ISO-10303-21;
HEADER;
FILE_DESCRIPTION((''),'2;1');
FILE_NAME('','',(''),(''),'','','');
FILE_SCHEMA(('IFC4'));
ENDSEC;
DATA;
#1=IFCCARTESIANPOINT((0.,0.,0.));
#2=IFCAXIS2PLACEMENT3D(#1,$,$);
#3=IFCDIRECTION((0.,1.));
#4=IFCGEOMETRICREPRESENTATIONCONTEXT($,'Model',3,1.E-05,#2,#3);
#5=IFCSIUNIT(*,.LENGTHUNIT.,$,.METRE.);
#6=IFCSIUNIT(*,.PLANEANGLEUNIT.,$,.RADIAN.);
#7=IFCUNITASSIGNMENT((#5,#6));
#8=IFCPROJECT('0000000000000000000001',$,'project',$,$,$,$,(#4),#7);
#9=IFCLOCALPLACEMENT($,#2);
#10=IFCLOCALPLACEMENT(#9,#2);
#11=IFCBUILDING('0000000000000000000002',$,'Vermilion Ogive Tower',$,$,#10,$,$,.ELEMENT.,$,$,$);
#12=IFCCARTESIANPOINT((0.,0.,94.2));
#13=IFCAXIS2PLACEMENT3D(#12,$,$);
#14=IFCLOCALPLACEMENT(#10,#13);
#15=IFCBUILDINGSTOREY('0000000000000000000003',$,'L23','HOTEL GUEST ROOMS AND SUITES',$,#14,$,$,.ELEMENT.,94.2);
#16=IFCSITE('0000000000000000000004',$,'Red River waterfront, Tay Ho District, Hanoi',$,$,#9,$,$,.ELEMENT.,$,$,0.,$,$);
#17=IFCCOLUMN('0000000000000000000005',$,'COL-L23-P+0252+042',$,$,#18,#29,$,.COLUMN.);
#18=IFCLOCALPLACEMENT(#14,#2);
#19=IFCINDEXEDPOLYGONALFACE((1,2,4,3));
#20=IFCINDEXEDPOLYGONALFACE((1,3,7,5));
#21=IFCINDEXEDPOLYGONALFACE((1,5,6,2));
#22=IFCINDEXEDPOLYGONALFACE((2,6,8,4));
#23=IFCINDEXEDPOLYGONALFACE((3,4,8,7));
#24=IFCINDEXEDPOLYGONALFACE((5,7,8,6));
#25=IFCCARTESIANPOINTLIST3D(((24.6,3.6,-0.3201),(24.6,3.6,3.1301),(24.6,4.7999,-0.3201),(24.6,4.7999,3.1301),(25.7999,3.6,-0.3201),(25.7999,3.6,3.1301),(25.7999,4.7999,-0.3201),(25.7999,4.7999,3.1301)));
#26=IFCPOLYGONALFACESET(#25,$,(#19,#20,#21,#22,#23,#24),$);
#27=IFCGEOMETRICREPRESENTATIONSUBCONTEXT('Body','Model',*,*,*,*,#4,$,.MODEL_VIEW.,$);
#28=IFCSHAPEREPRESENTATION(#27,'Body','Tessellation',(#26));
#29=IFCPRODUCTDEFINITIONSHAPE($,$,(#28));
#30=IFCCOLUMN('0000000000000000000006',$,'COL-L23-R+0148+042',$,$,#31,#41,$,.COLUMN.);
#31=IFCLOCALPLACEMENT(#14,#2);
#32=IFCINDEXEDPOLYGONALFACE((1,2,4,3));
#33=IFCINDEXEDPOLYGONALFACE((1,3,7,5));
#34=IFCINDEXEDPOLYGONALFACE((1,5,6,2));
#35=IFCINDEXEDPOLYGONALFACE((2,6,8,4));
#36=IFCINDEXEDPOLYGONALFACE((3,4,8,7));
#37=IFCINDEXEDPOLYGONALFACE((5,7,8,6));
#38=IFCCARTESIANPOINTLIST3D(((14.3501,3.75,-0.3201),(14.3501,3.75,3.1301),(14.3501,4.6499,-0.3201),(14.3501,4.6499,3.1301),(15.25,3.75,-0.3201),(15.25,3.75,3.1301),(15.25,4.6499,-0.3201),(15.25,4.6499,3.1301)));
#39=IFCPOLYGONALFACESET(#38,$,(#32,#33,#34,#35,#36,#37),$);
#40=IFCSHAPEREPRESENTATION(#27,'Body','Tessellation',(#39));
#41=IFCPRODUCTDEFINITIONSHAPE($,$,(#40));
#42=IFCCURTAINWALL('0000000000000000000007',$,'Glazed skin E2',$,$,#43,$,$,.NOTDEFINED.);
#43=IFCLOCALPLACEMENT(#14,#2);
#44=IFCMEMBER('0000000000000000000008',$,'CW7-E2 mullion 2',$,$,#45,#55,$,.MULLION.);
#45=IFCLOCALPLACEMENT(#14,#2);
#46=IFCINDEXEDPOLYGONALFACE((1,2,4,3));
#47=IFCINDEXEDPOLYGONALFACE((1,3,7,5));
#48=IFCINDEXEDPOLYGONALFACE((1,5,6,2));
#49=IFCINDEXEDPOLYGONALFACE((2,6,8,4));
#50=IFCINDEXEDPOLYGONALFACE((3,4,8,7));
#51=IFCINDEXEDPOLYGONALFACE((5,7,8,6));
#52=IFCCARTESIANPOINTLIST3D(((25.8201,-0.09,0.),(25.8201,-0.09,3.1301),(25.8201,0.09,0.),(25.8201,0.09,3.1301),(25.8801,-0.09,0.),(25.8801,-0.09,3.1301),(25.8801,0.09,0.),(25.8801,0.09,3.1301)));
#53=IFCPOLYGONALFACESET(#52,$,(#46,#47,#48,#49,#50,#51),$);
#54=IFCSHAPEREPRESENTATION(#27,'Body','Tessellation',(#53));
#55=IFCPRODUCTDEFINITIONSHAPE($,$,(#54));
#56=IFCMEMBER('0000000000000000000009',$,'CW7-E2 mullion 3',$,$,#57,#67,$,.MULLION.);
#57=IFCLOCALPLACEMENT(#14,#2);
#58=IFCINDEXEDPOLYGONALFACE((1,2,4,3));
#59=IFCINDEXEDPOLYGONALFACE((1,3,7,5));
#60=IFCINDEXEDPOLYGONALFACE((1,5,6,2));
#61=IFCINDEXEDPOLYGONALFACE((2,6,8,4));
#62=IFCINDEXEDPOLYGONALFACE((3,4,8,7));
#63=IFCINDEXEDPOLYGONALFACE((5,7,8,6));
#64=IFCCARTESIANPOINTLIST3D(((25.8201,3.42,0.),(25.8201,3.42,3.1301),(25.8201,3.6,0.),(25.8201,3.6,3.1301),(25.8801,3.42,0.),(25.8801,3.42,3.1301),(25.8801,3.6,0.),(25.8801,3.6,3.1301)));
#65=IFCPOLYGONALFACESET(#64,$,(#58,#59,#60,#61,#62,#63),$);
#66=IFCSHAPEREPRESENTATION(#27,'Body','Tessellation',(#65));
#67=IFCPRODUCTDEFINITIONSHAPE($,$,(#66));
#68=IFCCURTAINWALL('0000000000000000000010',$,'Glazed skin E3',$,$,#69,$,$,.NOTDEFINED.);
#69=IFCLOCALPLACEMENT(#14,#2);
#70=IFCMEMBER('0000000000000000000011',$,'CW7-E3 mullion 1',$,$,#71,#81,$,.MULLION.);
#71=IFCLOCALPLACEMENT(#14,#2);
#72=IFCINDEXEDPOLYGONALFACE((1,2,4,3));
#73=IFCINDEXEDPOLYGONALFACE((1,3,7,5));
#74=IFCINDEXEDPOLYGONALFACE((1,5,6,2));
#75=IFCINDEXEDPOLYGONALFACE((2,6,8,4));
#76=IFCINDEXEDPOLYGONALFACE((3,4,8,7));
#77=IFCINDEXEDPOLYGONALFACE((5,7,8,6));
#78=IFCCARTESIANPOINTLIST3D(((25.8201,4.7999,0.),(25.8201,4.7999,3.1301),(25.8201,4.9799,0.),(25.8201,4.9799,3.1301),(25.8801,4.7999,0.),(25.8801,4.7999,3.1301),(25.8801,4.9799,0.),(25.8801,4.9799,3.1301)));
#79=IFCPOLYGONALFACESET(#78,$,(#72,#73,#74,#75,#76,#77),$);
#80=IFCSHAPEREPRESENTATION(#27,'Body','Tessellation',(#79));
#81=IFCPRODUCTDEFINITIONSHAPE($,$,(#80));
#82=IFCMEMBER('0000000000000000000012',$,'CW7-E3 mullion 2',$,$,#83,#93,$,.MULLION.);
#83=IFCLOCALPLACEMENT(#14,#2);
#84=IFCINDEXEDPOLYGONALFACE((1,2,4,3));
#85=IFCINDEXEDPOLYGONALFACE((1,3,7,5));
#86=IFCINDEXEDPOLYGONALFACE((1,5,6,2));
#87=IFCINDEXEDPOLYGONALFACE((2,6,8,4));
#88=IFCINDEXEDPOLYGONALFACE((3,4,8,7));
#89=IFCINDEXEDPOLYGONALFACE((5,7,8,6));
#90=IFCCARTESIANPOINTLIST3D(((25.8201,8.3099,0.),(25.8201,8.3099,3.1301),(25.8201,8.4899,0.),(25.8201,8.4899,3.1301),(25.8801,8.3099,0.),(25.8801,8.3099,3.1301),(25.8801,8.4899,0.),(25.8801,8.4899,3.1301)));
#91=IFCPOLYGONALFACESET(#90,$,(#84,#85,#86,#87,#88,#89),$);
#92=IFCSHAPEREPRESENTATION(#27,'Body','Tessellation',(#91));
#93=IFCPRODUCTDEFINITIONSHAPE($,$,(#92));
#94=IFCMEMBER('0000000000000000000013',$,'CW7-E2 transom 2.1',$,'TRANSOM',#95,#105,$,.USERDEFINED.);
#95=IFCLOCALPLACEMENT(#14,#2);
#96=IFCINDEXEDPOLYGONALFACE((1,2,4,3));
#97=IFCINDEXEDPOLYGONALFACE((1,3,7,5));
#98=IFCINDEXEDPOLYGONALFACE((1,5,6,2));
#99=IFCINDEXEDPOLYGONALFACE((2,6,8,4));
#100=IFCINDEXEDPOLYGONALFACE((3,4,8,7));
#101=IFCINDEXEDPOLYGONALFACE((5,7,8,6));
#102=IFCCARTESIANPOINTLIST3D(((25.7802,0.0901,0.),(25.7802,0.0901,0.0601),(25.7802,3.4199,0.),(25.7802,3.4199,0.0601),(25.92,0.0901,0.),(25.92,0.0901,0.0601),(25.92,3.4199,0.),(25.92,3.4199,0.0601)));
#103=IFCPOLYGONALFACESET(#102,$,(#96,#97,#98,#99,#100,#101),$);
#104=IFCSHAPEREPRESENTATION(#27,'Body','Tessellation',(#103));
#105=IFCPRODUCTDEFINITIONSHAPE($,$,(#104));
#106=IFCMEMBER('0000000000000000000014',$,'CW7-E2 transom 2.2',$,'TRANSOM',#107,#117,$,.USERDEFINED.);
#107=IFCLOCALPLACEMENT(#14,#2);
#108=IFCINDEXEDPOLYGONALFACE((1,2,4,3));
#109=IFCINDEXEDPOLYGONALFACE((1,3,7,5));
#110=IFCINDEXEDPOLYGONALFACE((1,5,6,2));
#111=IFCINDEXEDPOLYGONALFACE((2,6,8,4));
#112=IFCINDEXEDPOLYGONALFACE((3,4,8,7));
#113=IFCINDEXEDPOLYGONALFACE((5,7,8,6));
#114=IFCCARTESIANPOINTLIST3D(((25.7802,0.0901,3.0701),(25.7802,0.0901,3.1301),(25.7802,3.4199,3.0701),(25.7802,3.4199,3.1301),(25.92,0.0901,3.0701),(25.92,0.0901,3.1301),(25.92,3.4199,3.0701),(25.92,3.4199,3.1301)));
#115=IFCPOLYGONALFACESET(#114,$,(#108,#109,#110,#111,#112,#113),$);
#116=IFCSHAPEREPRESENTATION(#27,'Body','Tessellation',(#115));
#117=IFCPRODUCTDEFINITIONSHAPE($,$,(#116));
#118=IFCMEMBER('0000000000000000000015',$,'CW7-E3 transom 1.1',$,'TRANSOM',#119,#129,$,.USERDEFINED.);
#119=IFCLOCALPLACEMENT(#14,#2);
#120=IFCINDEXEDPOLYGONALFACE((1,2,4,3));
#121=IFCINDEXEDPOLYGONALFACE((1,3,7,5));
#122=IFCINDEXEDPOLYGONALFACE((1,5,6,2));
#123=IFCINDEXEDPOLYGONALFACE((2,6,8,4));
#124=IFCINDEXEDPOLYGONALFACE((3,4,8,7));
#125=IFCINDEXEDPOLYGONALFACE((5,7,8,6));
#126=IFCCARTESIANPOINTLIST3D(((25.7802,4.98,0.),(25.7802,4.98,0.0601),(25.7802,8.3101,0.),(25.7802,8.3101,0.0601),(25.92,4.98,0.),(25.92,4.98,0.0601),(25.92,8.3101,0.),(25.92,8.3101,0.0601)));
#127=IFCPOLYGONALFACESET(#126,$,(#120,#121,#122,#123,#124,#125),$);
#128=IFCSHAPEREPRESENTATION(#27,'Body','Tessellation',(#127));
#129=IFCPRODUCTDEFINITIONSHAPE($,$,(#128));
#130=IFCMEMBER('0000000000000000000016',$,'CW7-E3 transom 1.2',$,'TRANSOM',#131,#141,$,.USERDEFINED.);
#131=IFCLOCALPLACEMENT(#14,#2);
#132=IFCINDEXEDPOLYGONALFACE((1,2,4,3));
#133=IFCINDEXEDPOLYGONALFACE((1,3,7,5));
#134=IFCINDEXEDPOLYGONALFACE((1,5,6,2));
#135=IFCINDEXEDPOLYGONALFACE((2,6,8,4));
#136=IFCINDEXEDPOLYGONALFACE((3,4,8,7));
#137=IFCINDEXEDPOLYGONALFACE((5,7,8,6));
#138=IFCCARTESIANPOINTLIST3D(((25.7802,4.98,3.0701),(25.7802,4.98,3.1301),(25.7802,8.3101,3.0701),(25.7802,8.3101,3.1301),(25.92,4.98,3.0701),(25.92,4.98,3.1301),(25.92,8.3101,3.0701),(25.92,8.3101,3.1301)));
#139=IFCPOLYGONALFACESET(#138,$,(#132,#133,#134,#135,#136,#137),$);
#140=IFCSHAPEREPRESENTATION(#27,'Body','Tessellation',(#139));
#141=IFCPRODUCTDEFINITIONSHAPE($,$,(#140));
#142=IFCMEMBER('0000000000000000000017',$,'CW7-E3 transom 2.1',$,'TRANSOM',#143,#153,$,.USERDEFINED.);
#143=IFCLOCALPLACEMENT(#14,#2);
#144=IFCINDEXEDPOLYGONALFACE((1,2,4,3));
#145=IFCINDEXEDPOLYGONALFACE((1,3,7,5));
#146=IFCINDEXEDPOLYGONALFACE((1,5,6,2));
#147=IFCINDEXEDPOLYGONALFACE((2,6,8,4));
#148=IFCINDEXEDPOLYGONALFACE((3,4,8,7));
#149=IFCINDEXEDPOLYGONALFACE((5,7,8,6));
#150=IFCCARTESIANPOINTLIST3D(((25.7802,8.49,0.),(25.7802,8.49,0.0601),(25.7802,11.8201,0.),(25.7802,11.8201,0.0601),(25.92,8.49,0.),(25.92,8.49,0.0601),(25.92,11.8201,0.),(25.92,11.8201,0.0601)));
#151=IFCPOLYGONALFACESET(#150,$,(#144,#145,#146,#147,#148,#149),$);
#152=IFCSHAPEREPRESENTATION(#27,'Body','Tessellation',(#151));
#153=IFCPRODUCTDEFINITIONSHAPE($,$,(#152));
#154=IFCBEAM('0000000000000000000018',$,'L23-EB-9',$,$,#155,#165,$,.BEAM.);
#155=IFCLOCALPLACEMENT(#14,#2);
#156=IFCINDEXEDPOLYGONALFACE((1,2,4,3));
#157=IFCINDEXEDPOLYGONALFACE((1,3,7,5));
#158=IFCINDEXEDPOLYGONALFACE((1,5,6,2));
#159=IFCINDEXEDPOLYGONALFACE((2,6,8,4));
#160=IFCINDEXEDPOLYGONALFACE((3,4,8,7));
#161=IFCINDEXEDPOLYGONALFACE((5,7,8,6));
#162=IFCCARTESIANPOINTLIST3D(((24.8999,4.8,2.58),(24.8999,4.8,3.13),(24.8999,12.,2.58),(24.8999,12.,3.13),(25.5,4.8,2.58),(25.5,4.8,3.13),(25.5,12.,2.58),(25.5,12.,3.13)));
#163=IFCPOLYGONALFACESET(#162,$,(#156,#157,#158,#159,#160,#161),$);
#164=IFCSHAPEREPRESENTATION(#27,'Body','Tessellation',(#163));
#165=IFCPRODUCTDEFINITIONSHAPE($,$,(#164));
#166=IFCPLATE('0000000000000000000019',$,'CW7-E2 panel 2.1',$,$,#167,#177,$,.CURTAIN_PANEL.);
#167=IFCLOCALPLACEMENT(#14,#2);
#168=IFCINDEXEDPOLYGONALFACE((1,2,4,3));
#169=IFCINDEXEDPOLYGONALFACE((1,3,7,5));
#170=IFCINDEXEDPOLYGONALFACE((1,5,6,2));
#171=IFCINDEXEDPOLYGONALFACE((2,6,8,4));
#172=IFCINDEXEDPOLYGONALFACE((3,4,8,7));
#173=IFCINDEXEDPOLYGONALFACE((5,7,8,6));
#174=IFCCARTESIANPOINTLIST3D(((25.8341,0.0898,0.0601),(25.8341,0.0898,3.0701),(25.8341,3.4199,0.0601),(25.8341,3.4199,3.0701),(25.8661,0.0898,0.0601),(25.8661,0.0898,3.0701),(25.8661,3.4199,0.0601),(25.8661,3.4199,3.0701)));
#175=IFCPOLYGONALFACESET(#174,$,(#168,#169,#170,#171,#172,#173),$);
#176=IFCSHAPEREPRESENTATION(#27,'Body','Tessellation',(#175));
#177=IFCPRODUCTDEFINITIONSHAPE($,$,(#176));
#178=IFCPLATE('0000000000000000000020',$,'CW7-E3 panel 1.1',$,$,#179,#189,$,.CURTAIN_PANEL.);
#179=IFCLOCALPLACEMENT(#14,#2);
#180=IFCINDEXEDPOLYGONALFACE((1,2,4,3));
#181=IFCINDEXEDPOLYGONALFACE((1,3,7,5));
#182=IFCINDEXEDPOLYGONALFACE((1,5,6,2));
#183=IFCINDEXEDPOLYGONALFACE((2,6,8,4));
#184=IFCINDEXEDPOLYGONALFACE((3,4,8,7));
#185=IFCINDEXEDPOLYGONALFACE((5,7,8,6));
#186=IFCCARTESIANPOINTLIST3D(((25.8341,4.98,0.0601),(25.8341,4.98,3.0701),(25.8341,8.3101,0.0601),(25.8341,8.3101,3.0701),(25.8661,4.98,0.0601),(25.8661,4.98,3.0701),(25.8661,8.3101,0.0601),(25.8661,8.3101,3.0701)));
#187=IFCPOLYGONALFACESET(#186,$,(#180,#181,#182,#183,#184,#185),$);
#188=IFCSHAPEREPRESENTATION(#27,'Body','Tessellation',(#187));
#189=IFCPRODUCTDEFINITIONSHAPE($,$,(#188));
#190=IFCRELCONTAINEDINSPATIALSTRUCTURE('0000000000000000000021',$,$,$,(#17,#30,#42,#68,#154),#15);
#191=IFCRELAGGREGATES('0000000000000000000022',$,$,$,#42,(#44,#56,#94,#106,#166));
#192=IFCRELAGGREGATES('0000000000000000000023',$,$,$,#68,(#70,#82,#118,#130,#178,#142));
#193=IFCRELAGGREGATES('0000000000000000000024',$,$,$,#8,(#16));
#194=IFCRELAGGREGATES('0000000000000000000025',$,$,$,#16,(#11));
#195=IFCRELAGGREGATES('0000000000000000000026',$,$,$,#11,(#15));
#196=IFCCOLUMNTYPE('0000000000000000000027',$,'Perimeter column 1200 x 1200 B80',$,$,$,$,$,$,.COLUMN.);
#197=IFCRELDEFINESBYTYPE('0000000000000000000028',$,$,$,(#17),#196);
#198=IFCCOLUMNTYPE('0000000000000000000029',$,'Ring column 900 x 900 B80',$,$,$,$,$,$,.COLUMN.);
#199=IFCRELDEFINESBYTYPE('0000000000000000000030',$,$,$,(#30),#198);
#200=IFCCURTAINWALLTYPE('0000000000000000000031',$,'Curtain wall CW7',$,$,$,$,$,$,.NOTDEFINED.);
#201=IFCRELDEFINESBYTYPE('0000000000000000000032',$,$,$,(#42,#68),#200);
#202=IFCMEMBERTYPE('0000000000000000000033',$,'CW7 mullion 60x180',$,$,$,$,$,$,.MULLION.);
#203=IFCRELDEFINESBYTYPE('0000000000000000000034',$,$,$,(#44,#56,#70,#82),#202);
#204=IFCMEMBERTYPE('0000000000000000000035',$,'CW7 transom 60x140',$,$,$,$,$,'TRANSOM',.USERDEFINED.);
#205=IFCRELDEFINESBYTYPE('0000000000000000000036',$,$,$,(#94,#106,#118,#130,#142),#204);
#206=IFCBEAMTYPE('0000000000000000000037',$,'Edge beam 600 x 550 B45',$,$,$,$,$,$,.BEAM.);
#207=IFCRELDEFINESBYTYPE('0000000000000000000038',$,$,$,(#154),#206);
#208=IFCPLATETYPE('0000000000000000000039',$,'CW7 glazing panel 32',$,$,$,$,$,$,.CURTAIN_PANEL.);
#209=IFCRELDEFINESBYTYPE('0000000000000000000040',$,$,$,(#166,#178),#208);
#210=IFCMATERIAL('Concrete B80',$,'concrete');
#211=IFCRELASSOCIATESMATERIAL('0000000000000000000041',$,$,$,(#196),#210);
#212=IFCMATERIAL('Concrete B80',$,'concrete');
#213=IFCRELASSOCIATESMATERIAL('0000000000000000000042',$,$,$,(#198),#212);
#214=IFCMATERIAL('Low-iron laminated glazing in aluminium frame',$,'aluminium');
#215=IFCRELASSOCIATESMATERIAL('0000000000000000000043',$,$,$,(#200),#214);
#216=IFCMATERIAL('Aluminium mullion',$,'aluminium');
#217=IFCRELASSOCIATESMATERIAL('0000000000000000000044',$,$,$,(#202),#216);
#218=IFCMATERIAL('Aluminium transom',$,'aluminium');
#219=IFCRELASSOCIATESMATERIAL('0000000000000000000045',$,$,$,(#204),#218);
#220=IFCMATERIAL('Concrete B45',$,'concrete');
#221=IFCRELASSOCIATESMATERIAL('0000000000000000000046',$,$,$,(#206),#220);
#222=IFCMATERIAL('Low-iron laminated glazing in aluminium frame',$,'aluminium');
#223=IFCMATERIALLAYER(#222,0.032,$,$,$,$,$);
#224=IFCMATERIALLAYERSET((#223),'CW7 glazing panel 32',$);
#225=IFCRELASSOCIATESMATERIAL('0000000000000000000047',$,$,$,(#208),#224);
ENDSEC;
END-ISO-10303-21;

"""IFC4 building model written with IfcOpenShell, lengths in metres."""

from ifc_helpers import new_model, si_unit, direction, frame, origin, origin_2d, place, context, subcontext, project, spatial, rectangle, extrude, material, layer, layer_set, material_profile, profile_set, type_object, element, aggregate, save


model = new_model("IFC4")

# Units and contexts
model_context = context("Model", 3, precision=1e-05, world=origin(), true_north=direction((0.0, 1.0)))
body_context = subcontext(model_context, "Body", "Model", "MODEL_VIEW")
ifc_project = project(units=[si_unit("LENGTHUNIT", "METRE"), si_unit("PLANEANGLEUNIT", "RADIAN")], contexts=[model_context])

# Site, building, storey
site_placement = place(None, origin())
site = spatial("IfcSite", under=ifc_project, at=site_placement, Name="Red River waterfront, Tay Ho District, Hanoi", CompositionType="ELEMENT", RefElevation=0.0)
building_placement = place(site_placement, origin())
building = spatial("IfcBuilding", under=site, at=building_placement, Name="Vermilion Ogive Tower", CompositionType="ELEMENT")
storey_placement = place(building_placement, frame((0.0, 0.0, 94.2)))
storey = spatial("IfcBuildingStorey", under=building, at=storey_placement, Name="L23", Description="HOTEL GUEST ROOMS AND SUITES", CompositionType="ELEMENT", Elevation=94.2)

# Columns
ifc_material_1 = material(Name="Concrete B80", Category="concrete")
ifc_material_profile_1 = material_profile(ifc_material_1, rectangle(XDim=1.2, YDim=1.2, at=origin_2d()), Name="1200 x 1200")
ifc_profile_set_1 = profile_set([ifc_material_profile_1], Name="Concrete B80")
column_type_1 = type_object("IfcColumnType", Name="Perimeter column 1200 x 1200 B80", PredefinedType="COLUMN", material=ifc_profile_set_1)
column_1_placement = place(storey_placement, frame((25.2, 4.2, -0.3201), z_axis=(0.0, 0.0, 1.0), x_axis=(1.0, 0.0, 0.0)))
element("IfcColumn", 1, at=column_1_placement, inside=storey, type_object=column_type_1, Name="COL-L23-P+0252+042", PredefinedType="COLUMN", context=body_context, shape_type="SweptSolid", body=[
    extrude(rectangle(XDim=1.2, YDim=1.2, at=origin_2d()), origin(), (0.0, 0.0, 1.0), 3.4502),
])
ifc_material_2 = material(Name="Concrete B80", Category="concrete")
ifc_material_profile_2 = material_profile(ifc_material_2, rectangle(XDim=0.8999, YDim=0.8999, at=origin_2d()), Name="900 x 900")
ifc_profile_set_2 = profile_set([ifc_material_profile_2], Name="Concrete B80")
column_type_2 = type_object("IfcColumnType", Name="Ring column 900 x 900 B80", PredefinedType="COLUMN", material=ifc_profile_set_2)
column_2_placement = place(storey_placement, frame((14.8, 4.2, -0.3201), z_axis=(0.0, 0.0, 1.0), x_axis=(1.0, 0.0, 0.0)))
element("IfcColumn", 2, at=column_2_placement, inside=storey, type_object=column_type_2, Name="COL-L23-R+0148+042", PredefinedType="COLUMN", context=body_context, shape_type="SweptSolid", body=[
    extrude(rectangle(XDim=0.8999, YDim=0.8999, at=origin_2d()), origin(), (0.0, 0.0, 1.0), 3.4502),
])

# Curtain walls, members
ifc_material_3 = material(Name="Low-iron laminated glazing in aluminium frame", Category="aluminium")
curtain_wall_type = type_object("IfcCurtainWallType", Name="Curtain wall CW7", PredefinedType="NOTDEFINED", material=ifc_material_3)
curtain_wall_1_placement = place(storey_placement, origin())
curtain_wall_1 = element("IfcCurtainWall", 3, at=curtain_wall_1_placement, inside=storey, type_object=curtain_wall_type, Name="Glazed skin E2", PredefinedType="NOTDEFINED")
ifc_material_4 = material(Name="Aluminium mullion", Category="aluminium")
ifc_material_profile_3 = material_profile(ifc_material_4, rectangle(XDim=0.0601, YDim=0.1799, at=origin_2d()), Name="AL 60x180")
ifc_profile_set_3 = profile_set([ifc_material_profile_3], Name="Aluminium mullion")
member_type_1 = type_object("IfcMemberType", Name="CW7 mullion 60x180", PredefinedType="MULLION", material=ifc_profile_set_3)
member_1_placement = place(storey_placement, frame((25.8501, 0.0, 0.0), z_axis=(0.0, 0.0, 1.0), x_axis=(-1.0, 0.0, 0.0)))
member_1 = element("IfcMember", 4, at=member_1_placement, type_object=member_type_1, Name="CW7-E2 mullion 2", PredefinedType="MULLION", context=body_context, shape_type="SweptSolid", body=[
    extrude(rectangle(XDim=0.0601, YDim=0.1799, at=origin_2d()), origin(), (0.0, 0.0, 1.0), 3.1301),
])
member_2_placement = place(storey_placement, frame((25.8501, 3.51, 0.0), z_axis=(0.0, 0.0, 1.0), x_axis=(-1.0, 0.0, 0.0)))
member_2 = element("IfcMember", 5, at=member_2_placement, type_object=member_type_1, Name="CW7-E2 mullion 3", PredefinedType="MULLION", context=body_context, shape_type="SweptSolid", body=[
    extrude(rectangle(XDim=0.0601, YDim=0.1799, at=origin_2d()), origin(), (0.0, 0.0, 1.0), 3.1301),
])
curtain_wall_2_placement = place(storey_placement, origin())
curtain_wall_2 = element("IfcCurtainWall", 6, at=curtain_wall_2_placement, inside=storey, type_object=curtain_wall_type, Name="Glazed skin E3", PredefinedType="NOTDEFINED")
member_3_placement = place(storey_placement, frame((25.8501, 4.8899, 0.0), z_axis=(0.0, 0.0, 1.0), x_axis=(-1.0, 0.0, 0.0)))
member_3 = element("IfcMember", 7, at=member_3_placement, type_object=member_type_1, Name="CW7-E3 mullion 1", PredefinedType="MULLION", context=body_context, shape_type="SweptSolid", body=[
    extrude(rectangle(XDim=0.0601, YDim=0.1799, at=origin_2d()), origin(), (0.0, 0.0, 1.0), 3.1301),
])
member_4_placement = place(storey_placement, frame((25.8501, 8.3999, 0.0), z_axis=(0.0, 0.0, 1.0), x_axis=(-1.0, 0.0, 0.0)))
member_4 = element("IfcMember", 8, at=member_4_placement, type_object=member_type_1, Name="CW7-E3 mullion 2", PredefinedType="MULLION", context=body_context, shape_type="SweptSolid", body=[
    extrude(rectangle(XDim=0.0601, YDim=0.1799, at=origin_2d()), origin(), (0.0, 0.0, 1.0), 3.1301),
])

# Members
ifc_material_5 = material(Name="Aluminium transom", Category="aluminium")
ifc_material_profile_4 = material_profile(ifc_material_5, rectangle(XDim=0.1399, YDim=0.0601, at=origin_2d()), Name="AL 60x140")
ifc_profile_set_4 = profile_set([ifc_material_profile_4], Name="Aluminium transom")
member_type_2 = type_object("IfcMemberType", Name="CW7 transom 60x140", ElementType="TRANSOM", PredefinedType="USERDEFINED", material=ifc_profile_set_4)
member_5_placement = place(storey_placement, frame((25.8501, 0.0901, 0.03), z_axis=(0.0, 1.0, 0.0), x_axis=(-1.0, 0.0, 0.0)))
member_5 = element("IfcMember", 9, at=member_5_placement, type_object=member_type_2, Name="CW7-E2 transom 2.1", ObjectType="TRANSOM", PredefinedType="USERDEFINED", context=body_context, shape_type="SweptSolid", body=[
    extrude(rectangle(XDim=0.1399, YDim=0.0601, at=origin_2d()), origin(), (0.0, 0.0, 1.0), 3.3298),
])
member_6_placement = place(storey_placement, frame((25.8501, 0.0901, 3.1001), z_axis=(0.0, 1.0, 0.0), x_axis=(-1.0, 0.0, 0.0)))
member_6 = element("IfcMember", 10, at=member_6_placement, type_object=member_type_2, Name="CW7-E2 transom 2.2", ObjectType="TRANSOM", PredefinedType="USERDEFINED", context=body_context, shape_type="SweptSolid", body=[
    extrude(rectangle(XDim=0.1399, YDim=0.0601, at=origin_2d()), origin(), (0.0, 0.0, 1.0), 3.3298),
])
member_7_placement = place(storey_placement, frame((25.8501, 4.98, 0.03), z_axis=(0.0, 1.0, 0.0), x_axis=(-1.0, 0.0, 0.0)))
member_7 = element("IfcMember", 11, at=member_7_placement, type_object=member_type_2, Name="CW7-E3 transom 1.1", ObjectType="TRANSOM", PredefinedType="USERDEFINED", context=body_context, shape_type="SweptSolid", body=[
    extrude(rectangle(XDim=0.1399, YDim=0.0601, at=origin_2d()), origin(), (0.0, 0.0, 1.0), 3.3301),
])
member_8_placement = place(storey_placement, frame((25.8501, 4.98, 3.1001), z_axis=(0.0, 1.0, 0.0), x_axis=(-1.0, 0.0, 0.0)))
member_8 = element("IfcMember", 12, at=member_8_placement, type_object=member_type_2, Name="CW7-E3 transom 1.2", ObjectType="TRANSOM", PredefinedType="USERDEFINED", context=body_context, shape_type="SweptSolid", body=[
    extrude(rectangle(XDim=0.1399, YDim=0.0601, at=origin_2d()), origin(), (0.0, 0.0, 1.0), 3.3301),
])
member_9_placement = place(storey_placement, frame((25.8501, 8.49, 0.03), z_axis=(0.0, 1.0, 0.0), x_axis=(-1.0, 0.0, 0.0)))
member_9 = element("IfcMember", 13, at=member_9_placement, type_object=member_type_2, Name="CW7-E3 transom 2.1", ObjectType="TRANSOM", PredefinedType="USERDEFINED", context=body_context, shape_type="SweptSolid", body=[
    extrude(rectangle(XDim=0.1399, YDim=0.0601, at=origin_2d()), origin(), (0.0, 0.0, 1.0), 3.3301),
])

# Beam
ifc_material_6 = material(Name="Concrete B45", Category="concrete")
ifc_material_profile_5 = material_profile(ifc_material_6, rectangle(XDim=0.6001, YDim=0.55, at=origin_2d()), Name="600 x 550")
ifc_profile_set_5 = profile_set([ifc_material_profile_5], Name="Concrete B45")
beam_type = type_object("IfcBeamType", Name="Edge beam 600 x 550 B45", PredefinedType="BEAM", material=ifc_profile_set_5)
beam_placement = place(storey_placement, frame((25.2, 4.8, 2.855), z_axis=(0.0, 1.0, 0.0), x_axis=(-1.0, 0.0, 0.0)))
element("IfcBeam", 14, at=beam_placement, inside=storey, type_object=beam_type, Name="L23-EB-9", PredefinedType="BEAM", context=body_context, shape_type="SweptSolid", body=[
    extrude(rectangle(XDim=0.6001, YDim=0.55, at=origin_2d()), origin(), (0.0, 0.0, 1.0), 7.2),
])

# Plates
ifc_material_7 = material(Name="Low-iron laminated glazing in aluminium frame", Category="aluminium")
ifc_layer_1 = layer(ifc_material_7, 0.032)
ifc_layer_set_1 = layer_set([ifc_layer_1], Name="CW7 glazing panel 32")
plate_type = type_object("IfcPlateType", Name="CW7 glazing panel 32", PredefinedType="CURTAIN_PANEL", material=ifc_layer_set_1)
plate_1_placement = place(storey_placement, frame((25.8501, 1.7549, 0.0601), z_axis=(0.0, 0.0, 1.0), x_axis=(0.0, 1.0, 0.0)))
plate_1 = element("IfcPlate", 15, at=plate_1_placement, type_object=plate_type, Name="CW7-E2 panel 2.1", PredefinedType="CURTAIN_PANEL", context=body_context, shape_type="SweptSolid", body=[
    extrude(rectangle(XDim=3.3301, YDim=0.032, at=origin_2d()), origin(), (0.0, 0.0, 1.0), 3.01),
])
aggregate(curtain_wall_1, [member_1, member_2, member_5, member_6, plate_1])
plate_2_placement = place(storey_placement, frame((25.8501, 6.645, 0.0601), z_axis=(0.0, 0.0, 1.0), x_axis=(0.0, 1.0, 0.0)))
plate_2 = element("IfcPlate", 16, at=plate_2_placement, type_object=plate_type, Name="CW7-E3 panel 1.1", PredefinedType="CURTAIN_PANEL", context=body_context, shape_type="SweptSolid", body=[
    extrude(rectangle(XDim=3.3301, YDim=0.032, at=origin_2d()), origin(), (0.0, 0.0, 1.0), 3.01),
])
aggregate(curtain_wall_2, [member_3, member_4, member_7, member_8, plate_2, member_9])

save(model, "model.ifc")
